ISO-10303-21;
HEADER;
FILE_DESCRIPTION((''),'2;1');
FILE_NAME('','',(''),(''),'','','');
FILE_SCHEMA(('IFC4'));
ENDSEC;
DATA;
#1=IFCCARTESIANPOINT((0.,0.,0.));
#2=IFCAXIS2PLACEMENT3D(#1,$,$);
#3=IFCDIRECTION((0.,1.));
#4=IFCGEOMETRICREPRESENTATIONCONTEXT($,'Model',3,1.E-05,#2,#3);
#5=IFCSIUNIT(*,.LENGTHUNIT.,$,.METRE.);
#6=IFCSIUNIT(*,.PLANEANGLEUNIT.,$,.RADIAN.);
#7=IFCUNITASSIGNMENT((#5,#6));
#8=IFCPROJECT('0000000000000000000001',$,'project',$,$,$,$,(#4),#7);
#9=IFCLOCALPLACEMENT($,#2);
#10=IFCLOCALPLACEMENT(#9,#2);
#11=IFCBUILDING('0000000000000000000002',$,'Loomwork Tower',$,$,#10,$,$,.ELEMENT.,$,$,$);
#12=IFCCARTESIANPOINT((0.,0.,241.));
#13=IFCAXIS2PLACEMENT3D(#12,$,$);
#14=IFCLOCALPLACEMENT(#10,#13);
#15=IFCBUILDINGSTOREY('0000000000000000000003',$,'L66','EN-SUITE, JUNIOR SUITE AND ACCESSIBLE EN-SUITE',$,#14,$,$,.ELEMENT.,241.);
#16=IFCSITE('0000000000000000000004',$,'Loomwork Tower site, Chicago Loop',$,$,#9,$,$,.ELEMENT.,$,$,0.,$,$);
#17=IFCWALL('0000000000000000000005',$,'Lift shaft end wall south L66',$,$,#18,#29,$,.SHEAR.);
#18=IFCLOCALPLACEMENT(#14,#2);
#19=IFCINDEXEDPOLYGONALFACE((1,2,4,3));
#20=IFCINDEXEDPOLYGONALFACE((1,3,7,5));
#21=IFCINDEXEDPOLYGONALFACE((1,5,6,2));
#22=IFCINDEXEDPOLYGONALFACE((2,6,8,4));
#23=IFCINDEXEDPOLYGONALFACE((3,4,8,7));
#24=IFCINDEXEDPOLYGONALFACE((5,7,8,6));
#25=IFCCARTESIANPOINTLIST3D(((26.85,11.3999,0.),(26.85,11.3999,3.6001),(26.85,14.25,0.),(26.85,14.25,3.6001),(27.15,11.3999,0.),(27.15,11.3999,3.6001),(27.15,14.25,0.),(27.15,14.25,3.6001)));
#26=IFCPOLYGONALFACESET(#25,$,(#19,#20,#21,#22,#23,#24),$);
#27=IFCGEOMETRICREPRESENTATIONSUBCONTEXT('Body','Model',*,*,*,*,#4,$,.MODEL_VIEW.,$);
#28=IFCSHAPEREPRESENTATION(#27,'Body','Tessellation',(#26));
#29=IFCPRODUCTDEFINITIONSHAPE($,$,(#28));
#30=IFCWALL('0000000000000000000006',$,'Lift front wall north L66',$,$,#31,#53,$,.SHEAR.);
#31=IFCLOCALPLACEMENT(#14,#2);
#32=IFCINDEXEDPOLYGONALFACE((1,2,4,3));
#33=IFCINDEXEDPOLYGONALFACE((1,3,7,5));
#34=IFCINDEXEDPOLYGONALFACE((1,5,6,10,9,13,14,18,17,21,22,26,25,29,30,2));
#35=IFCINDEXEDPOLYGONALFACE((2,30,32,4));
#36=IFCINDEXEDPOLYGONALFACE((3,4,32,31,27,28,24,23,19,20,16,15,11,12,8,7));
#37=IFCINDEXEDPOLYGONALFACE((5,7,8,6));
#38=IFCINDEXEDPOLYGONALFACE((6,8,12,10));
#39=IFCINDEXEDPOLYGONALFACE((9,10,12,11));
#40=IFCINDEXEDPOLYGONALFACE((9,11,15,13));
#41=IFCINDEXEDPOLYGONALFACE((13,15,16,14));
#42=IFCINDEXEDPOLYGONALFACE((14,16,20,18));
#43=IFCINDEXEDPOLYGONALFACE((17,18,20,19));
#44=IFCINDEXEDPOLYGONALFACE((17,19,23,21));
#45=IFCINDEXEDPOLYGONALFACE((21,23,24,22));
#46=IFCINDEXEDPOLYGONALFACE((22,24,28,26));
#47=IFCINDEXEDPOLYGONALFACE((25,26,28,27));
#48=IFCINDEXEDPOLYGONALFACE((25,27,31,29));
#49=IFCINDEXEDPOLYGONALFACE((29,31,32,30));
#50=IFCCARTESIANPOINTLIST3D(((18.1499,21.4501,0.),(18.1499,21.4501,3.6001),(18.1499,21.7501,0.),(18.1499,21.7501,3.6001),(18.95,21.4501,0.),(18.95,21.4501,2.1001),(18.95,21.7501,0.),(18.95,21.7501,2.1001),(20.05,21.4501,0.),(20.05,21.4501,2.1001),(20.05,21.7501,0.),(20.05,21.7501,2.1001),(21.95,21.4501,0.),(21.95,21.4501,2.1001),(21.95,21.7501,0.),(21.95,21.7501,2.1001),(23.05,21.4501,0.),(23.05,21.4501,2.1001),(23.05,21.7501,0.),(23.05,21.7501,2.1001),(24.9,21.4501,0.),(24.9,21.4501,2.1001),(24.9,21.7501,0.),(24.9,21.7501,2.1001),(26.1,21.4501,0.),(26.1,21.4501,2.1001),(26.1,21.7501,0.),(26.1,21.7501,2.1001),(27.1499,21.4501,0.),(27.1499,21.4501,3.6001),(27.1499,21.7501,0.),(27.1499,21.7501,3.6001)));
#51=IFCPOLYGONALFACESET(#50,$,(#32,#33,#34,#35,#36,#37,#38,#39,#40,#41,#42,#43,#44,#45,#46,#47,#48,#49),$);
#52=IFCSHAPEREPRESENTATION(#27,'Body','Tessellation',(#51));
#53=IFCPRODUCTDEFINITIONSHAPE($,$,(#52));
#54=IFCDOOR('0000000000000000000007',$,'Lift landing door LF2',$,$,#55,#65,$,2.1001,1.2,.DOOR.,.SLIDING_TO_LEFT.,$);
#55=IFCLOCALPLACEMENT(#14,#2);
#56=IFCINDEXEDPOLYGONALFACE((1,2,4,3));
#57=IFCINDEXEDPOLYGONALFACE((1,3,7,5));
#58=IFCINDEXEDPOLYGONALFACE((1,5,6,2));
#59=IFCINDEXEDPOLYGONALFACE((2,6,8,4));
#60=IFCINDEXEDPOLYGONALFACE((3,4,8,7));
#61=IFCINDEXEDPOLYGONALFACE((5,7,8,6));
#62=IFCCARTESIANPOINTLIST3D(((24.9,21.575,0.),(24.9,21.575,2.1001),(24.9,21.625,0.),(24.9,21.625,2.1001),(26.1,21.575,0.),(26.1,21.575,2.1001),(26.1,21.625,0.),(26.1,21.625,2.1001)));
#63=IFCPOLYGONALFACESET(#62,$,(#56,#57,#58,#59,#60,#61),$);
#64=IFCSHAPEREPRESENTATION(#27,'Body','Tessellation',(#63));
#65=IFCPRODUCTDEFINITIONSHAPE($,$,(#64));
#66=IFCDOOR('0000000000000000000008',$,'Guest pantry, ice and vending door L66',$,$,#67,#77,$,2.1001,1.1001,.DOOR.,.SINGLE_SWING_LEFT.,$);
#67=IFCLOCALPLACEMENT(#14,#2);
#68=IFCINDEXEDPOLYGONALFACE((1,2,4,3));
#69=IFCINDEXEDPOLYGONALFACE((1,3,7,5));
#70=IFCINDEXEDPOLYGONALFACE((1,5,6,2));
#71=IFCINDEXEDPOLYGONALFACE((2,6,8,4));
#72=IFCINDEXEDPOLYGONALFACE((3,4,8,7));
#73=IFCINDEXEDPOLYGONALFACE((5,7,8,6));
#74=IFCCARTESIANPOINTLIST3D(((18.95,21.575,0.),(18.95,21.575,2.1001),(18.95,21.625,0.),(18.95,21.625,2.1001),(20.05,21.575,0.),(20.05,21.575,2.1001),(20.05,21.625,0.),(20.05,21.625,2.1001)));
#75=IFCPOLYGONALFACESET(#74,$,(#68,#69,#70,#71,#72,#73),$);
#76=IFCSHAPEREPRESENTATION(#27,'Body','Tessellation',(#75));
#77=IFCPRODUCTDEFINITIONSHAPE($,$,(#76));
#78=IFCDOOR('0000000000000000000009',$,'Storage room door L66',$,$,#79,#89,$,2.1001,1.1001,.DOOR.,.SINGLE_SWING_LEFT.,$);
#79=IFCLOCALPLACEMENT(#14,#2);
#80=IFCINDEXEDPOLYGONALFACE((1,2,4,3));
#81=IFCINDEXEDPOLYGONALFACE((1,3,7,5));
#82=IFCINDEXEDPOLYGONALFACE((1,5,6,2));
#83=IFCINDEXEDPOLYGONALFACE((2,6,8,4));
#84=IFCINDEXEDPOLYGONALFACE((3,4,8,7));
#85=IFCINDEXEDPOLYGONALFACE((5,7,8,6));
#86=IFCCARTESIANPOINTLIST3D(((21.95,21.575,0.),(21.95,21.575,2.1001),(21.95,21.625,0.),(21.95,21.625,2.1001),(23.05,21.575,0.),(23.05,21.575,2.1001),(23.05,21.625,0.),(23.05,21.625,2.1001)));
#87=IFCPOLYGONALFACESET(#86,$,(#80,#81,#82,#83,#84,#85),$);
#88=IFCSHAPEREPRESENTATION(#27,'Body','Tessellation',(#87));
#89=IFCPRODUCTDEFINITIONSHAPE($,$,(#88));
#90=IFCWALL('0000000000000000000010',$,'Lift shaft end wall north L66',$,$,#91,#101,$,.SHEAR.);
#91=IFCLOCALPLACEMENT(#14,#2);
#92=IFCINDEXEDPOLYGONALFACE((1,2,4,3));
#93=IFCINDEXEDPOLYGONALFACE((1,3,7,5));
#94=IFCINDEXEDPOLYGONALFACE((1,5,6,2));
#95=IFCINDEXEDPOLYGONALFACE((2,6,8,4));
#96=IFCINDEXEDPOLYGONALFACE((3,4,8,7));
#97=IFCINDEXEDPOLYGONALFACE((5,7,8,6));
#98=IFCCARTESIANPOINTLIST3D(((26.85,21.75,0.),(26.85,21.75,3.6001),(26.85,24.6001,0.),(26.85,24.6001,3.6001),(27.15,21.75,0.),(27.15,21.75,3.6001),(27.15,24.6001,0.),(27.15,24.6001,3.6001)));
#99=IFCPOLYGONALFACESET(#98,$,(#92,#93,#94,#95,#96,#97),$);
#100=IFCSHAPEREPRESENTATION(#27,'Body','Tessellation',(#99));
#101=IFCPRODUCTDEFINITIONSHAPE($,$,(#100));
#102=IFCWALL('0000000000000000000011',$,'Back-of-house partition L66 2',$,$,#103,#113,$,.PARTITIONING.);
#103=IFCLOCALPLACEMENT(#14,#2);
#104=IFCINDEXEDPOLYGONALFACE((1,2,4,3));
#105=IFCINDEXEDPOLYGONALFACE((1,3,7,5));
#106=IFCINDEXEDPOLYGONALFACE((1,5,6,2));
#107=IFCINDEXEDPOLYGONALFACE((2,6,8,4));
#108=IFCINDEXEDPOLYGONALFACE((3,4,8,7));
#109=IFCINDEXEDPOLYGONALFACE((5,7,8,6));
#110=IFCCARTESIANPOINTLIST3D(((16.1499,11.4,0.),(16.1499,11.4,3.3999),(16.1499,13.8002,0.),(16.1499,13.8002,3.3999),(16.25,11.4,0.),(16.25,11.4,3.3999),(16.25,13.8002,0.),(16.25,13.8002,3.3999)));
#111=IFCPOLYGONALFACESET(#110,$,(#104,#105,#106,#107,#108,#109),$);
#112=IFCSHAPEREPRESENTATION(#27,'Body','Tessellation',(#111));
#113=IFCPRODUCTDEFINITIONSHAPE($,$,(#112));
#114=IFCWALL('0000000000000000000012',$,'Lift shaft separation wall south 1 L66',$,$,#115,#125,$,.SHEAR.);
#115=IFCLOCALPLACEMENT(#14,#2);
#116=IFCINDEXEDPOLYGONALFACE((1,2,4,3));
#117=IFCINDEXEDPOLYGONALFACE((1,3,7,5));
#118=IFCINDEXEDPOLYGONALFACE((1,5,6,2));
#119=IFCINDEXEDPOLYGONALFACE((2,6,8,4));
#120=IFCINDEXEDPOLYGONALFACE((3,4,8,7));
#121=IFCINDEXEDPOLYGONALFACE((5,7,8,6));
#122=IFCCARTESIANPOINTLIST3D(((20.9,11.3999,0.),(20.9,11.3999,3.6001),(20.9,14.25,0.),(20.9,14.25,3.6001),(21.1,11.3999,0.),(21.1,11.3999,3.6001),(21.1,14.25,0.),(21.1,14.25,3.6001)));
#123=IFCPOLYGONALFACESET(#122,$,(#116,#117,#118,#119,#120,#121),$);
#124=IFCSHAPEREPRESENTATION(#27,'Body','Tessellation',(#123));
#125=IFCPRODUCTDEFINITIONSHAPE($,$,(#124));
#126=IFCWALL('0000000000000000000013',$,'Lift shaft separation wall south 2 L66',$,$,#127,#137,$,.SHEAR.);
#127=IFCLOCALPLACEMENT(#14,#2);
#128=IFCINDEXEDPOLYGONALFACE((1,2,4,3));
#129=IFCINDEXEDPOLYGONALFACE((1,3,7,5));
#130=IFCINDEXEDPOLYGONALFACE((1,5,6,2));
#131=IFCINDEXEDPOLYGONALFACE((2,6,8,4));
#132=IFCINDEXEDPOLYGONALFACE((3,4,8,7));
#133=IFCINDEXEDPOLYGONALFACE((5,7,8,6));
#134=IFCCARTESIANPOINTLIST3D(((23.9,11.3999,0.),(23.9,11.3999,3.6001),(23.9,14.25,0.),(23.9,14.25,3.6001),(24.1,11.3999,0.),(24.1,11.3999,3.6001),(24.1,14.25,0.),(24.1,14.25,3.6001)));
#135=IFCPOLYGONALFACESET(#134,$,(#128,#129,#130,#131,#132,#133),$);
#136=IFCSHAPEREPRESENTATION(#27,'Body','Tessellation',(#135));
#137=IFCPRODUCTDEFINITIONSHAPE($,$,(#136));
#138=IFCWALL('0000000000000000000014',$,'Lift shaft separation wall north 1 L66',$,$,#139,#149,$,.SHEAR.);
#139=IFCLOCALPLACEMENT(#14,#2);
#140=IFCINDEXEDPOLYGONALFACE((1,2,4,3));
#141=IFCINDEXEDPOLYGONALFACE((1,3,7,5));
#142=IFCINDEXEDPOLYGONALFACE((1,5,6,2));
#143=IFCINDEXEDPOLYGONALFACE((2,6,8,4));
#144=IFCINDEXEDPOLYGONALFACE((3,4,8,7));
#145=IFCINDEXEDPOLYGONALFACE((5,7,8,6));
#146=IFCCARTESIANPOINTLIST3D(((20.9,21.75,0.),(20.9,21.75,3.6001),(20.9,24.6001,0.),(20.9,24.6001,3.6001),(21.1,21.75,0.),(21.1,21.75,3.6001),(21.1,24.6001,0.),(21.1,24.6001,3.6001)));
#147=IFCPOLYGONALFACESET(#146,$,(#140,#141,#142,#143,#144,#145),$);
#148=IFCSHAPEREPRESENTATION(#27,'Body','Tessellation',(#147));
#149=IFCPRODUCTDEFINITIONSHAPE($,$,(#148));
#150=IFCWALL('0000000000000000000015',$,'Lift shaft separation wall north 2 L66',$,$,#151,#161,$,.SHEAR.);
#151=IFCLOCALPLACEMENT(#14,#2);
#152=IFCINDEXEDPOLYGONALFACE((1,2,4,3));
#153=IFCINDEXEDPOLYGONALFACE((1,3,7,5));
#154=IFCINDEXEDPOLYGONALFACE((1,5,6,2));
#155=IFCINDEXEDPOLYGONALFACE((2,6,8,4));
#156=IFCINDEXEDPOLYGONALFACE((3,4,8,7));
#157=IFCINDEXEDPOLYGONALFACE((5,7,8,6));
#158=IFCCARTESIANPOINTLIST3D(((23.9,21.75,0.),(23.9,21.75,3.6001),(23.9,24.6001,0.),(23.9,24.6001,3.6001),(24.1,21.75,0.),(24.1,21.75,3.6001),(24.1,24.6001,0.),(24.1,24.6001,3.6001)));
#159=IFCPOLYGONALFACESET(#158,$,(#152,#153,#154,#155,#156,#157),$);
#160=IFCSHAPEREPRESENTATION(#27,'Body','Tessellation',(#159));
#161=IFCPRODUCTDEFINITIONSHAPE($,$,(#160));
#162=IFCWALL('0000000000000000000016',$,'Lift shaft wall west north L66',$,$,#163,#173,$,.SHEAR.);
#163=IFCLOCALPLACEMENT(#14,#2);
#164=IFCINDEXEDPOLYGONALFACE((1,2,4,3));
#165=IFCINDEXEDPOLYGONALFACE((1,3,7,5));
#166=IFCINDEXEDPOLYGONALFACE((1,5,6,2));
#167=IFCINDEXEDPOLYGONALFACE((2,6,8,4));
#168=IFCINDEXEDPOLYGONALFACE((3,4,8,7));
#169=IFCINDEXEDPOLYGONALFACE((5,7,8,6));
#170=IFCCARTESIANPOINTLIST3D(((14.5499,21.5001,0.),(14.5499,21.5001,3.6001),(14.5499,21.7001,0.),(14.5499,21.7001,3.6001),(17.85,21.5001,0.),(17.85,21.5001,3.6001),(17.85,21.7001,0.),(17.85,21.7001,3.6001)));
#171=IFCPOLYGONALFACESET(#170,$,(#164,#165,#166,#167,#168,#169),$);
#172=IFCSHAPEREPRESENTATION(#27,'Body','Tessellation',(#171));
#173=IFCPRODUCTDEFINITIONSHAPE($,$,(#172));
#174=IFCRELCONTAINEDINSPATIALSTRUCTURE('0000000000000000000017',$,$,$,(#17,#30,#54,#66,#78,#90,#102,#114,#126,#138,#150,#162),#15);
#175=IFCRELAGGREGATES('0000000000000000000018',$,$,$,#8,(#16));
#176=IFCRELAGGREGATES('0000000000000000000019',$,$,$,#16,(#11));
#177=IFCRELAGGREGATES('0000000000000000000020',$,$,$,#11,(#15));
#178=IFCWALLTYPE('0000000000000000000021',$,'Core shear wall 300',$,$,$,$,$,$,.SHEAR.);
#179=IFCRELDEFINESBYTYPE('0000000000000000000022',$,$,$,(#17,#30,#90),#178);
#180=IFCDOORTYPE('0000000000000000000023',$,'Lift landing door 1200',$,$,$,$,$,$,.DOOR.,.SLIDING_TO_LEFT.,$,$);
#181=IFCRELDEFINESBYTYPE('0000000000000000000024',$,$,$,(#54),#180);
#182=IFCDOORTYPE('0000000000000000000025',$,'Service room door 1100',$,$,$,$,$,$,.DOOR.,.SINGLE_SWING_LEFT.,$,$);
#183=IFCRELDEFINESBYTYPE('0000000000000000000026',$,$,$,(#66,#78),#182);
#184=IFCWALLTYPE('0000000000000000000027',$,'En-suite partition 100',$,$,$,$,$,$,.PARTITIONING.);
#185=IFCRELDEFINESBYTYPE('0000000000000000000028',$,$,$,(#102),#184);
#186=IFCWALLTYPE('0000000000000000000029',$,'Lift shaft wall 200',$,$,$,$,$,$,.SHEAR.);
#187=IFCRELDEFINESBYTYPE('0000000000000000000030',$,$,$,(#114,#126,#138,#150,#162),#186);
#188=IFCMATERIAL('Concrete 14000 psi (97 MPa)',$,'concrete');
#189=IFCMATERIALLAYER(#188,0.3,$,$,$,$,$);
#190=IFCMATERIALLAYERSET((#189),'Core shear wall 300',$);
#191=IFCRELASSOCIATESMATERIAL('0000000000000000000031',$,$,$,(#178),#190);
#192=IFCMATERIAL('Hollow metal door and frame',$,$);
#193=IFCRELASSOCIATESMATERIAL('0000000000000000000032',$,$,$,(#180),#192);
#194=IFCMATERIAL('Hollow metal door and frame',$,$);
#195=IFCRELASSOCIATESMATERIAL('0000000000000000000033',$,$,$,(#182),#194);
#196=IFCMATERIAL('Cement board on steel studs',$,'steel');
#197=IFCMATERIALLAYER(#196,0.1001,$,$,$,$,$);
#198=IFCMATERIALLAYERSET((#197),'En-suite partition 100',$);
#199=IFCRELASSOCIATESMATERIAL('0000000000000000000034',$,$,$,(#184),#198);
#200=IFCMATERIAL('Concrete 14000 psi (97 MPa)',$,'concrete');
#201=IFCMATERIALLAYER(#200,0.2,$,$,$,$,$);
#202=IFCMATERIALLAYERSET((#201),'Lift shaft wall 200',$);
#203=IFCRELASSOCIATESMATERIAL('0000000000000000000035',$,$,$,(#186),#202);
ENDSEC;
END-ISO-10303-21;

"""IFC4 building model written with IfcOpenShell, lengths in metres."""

from ifc_helpers import new_model, si_unit, direction, frame, frame_2d, origin, place, context, subcontext, project, spatial, rectangle, extrude, material, layer, layer_set, type_object, element, fill, save


model = new_model("IFC4")

# Units and contexts
model_context = context("Model", 3, precision=1e-05, world=origin(), true_north=direction((0.0, 1.0)))
body_context = subcontext(model_context, "Body", "Model", "MODEL_VIEW")
ifc_project = project(units=[si_unit("LENGTHUNIT", "METRE"), si_unit("PLANEANGLEUNIT", "RADIAN")], contexts=[model_context])

# Site, building, storey
site_placement = place(None, origin())
site = spatial("IfcSite", under=ifc_project, at=site_placement, Name="Loomwork Tower site, Chicago Loop", CompositionType="ELEMENT", RefElevation=0.0)
building_placement = place(site_placement, origin())
building = spatial("IfcBuilding", under=site, at=building_placement, Name="Loomwork Tower", CompositionType="ELEMENT")
storey_placement = place(building_placement, frame((0.0, 0.0, 241.0)))
storey = spatial("IfcBuildingStorey", under=building, at=storey_placement, Name="L66", Description="EN-SUITE, JUNIOR SUITE AND ACCESSIBLE EN-SUITE", CompositionType="ELEMENT", Elevation=241.0)

# Shared definitions
ifc_material_1 = material(Name="Concrete 14000 psi (97 MPa)", Category="concrete")
ifc_layer_1 = layer(ifc_material_1, 0.3)
ifc_layer_set_1 = layer_set([ifc_layer_1], Name="Core shear wall 300")
wall_type_1 = type_object("IfcWallType", Name="Core shear wall 300", PredefinedType="SHEAR", material=ifc_layer_set_1)
ifc_material_2 = material(Name="Hollow metal door and frame")
door_type_1 = type_object("IfcDoorType", Name="Lift landing door 1200", OperationType="SLIDING_TO_LEFT", PredefinedType="DOOR", material=ifc_material_2)
ifc_material_3 = material(Name="Hollow metal door and frame")
door_type_2 = type_object("IfcDoorType", Name="Service room door 1100", OperationType="SINGLE_SWING_LEFT", PredefinedType="DOOR", material=ifc_material_3)

# Wall
wall_1_placement = place(storey_placement, frame((27.0, 11.3999, 0.0), z_axis=(0.0, 0.0, 1.0), x_axis=(0.0, 1.0, 0.0)))
element("IfcWall", 1, at=wall_1_placement, inside=storey, type_object=wall_type_1, Name="Lift shaft end wall south L66", PredefinedType="SHEAR", context=body_context, shape_type="SweptSolid", body=[
    extrude(rectangle(XDim=2.8501, YDim=0.3, at=frame_2d((1.425, 0.0))), origin(), (0.0, 0.0, 1.0), 3.6001),
])

# Wall, openings, doors
wall_2_placement = place(storey_placement, frame((18.1499, 21.6001, 0.0), z_axis=(0.0, 0.0, 1.0), x_axis=(1.0, 0.0, 0.0)))
wall_2 = element("IfcWall", 2, at=wall_2_placement, inside=storey, type_object=wall_type_1, Name="Lift front wall north L66", PredefinedType="SHEAR", context=body_context, shape_type="SweptSolid", body=[
    extrude(rectangle(XDim=9.0, YDim=0.3, at=frame_2d((4.5, 0.0))), origin(), (0.0, 0.0, 1.0), 3.6001),
])
opening_1_placement = place(wall_2_placement, frame((6.75, 0.0, 0.0)))
opening_1 = element("IfcOpeningElement", 3, at=opening_1_placement, cuts=wall_2, PredefinedType="OPENING", context=body_context, shape_type="SweptSolid", body=[
    extrude(rectangle(XDim=1.2, YDim=2.1001, at=frame_2d((0.6001, 1.05))), frame((0.0, 0.1599, 0.0), z_axis=(0.0, -1.0, 0.0), x_axis=(1.0, 0.0, 0.0)), (0.0, 0.0, 1.0), 0.3201),
])
opening_2_placement = place(wall_2_placement, frame((0.8, 0.0, 0.0)))
opening_2 = element("IfcOpeningElement", 4, at=opening_2_placement, cuts=wall_2, PredefinedType="OPENING", context=body_context, shape_type="SweptSolid", body=[
    extrude(rectangle(XDim=1.1001, YDim=2.1001, at=frame_2d((0.55, 1.05))), frame((0.0, 0.1599, 0.0), z_axis=(0.0, -1.0, 0.0), x_axis=(1.0, 0.0, 0.0)), (0.0, 0.0, 1.0), 0.3201),
])
opening_3_placement = place(wall_2_placement, frame((3.8, 0.0, 0.0)))
opening_3 = element("IfcOpeningElement", 5, at=opening_3_placement, cuts=wall_2, PredefinedType="OPENING", context=body_context, shape_type="SweptSolid", body=[
    extrude(rectangle(XDim=1.1001, YDim=2.1001, at=frame_2d((0.55, 1.05))), frame((0.0, 0.1599, 0.0), z_axis=(0.0, -1.0, 0.0), x_axis=(1.0, 0.0, 0.0)), (0.0, 0.0, 1.0), 0.3201),
])
door_1_placement = place(opening_1_placement, origin())
door_1 = element("IfcDoor", 6, at=door_1_placement, inside=storey, type_object=door_type_1, Name="Lift landing door LF2", OperationType="SLIDING_TO_LEFT", OverallHeight=2.1001, OverallWidth=1.2, PredefinedType="DOOR", context=body_context, shape_type="SweptSolid", body=[
    extrude(rectangle(XDim=1.2, YDim=2.1001, at=frame_2d((0.6001, 1.05))), frame((0.0, 0.0249, 0.0), z_axis=(0.0, -1.0, 0.0), x_axis=(1.0, 0.0, 0.0)), (0.0, 0.0, 1.0), 0.05),
])
fill(opening_1, door_1)
door_2_placement = place(opening_2_placement, origin())
door_2 = element("IfcDoor", 7, at=door_2_placement, inside=storey, type_object=door_type_2, Name="Guest pantry, ice and vending door L66", OperationType="SINGLE_SWING_LEFT", OverallHeight=2.1001, OverallWidth=1.1001, PredefinedType="DOOR", context=body_context, shape_type="SweptSolid", body=[
    extrude(rectangle(XDim=1.1001, YDim=2.1001, at=frame_2d((0.55, 1.05))), frame((0.0, 0.0249, 0.0), z_axis=(0.0, -1.0, 0.0), x_axis=(1.0, 0.0, 0.0)), (0.0, 0.0, 1.0), 0.05),
])
fill(opening_2, door_2)
door_3_placement = place(opening_3_placement, origin())
door_3 = element("IfcDoor", 8, at=door_3_placement, inside=storey, type_object=door_type_2, Name="Storage room door L66", OperationType="SINGLE_SWING_LEFT", OverallHeight=2.1001, OverallWidth=1.1001, PredefinedType="DOOR", context=body_context, shape_type="SweptSolid", body=[
    extrude(rectangle(XDim=1.1001, YDim=2.1001, at=frame_2d((0.55, 1.05))), frame((0.0, 0.0249, 0.0), z_axis=(0.0, -1.0, 0.0), x_axis=(1.0, 0.0, 0.0)), (0.0, 0.0, 1.0), 0.05),
])
fill(opening_3, door_3)

# Walls
wall_3_placement = place(storey_placement, frame((27.0, 21.75, 0.0), z_axis=(0.0, 0.0, 1.0), x_axis=(0.0, 1.0, 0.0)))
element("IfcWall", 9, at=wall_3_placement, inside=storey, type_object=wall_type_1, Name="Lift shaft end wall north L66", PredefinedType="SHEAR", context=body_context, shape_type="SweptSolid", body=[
    extrude(rectangle(XDim=2.8501, YDim=0.3, at=frame_2d((1.425, 0.0))), origin(), (0.0, 0.0, 1.0), 3.6001),
])
ifc_material_4 = material(Name="Cement board on steel studs", Category="steel")
ifc_layer_2 = layer(ifc_material_4, 0.1001)
ifc_layer_set_2 = layer_set([ifc_layer_2], Name="En-suite partition 100")
wall_type_2 = type_object("IfcWallType", Name="En-suite partition 100", PredefinedType="PARTITIONING", material=ifc_layer_set_2)
wall_4_placement = place(storey_placement, frame((16.2, 11.3999, 0.0), z_axis=(0.0, 0.0, 1.0), x_axis=(0.0, 1.0, 0.0)))
element("IfcWall", 10, at=wall_4_placement, inside=storey, type_object=wall_type_2, Name="Back-of-house partition L66 2", PredefinedType="PARTITIONING", context=body_context, shape_type="SweptSolid", body=[
    extrude(rectangle(XDim=2.4001, YDim=0.1001, at=frame_2d((1.2002, 0.0))), origin(), (0.0, 0.0, 1.0), 3.3999),
])
ifc_material_5 = material(Name="Concrete 14000 psi (97 MPa)", Category="concrete")
ifc_layer_3 = layer(ifc_material_5, 0.2)
ifc_layer_set_3 = layer_set([ifc_layer_3], Name="Lift shaft wall 200")
wall_type_3 = type_object("IfcWallType", Name="Lift shaft wall 200", PredefinedType="SHEAR", material=ifc_layer_set_3)
for number, where, z_axis, x_axis, name in (
    (11, (21.0, 11.3999, 0.0), (0.0, 0.0, 1.0), (0.0, 1.0, 0.0), "Lift shaft separation wall south 1 L66"),
    (12, (24.0, 11.3999, 0.0), (0.0, 0.0, 1.0), (0.0, 1.0, 0.0), "Lift shaft separation wall south 2 L66"),
    (13, (21.0, 21.75, 0.0), (0.0, 0.0, 1.0), (0.0, 1.0, 0.0), "Lift shaft separation wall north 1 L66"),
    (14, (24.0, 21.75, 0.0), (0.0, 0.0, 1.0), (0.0, 1.0, 0.0), "Lift shaft separation wall north 2 L66"),
):
    element("IfcWall", number, at=place(storey_placement, frame(where, z_axis=z_axis, x_axis=x_axis)), inside=storey, type_object=wall_type_3, Name=name, PredefinedType="SHEAR", context=body_context, shape_type="SweptSolid", body=[
        extrude(rectangle(XDim=2.8501, YDim=0.2, at=frame_2d((1.425, 0.0))), origin(), (0.0, 0.0, 1.0), 3.6001),
    ])
wall_5_placement = place(storey_placement, frame((14.55, 21.6001, 0.0), z_axis=(0.0, 0.0, 1.0), x_axis=(1.0, 0.0, 0.0)))
element("IfcWall", 15, at=wall_5_placement, inside=storey, type_object=wall_type_3, Name="Lift shaft wall west north L66", PredefinedType="SHEAR", context=body_context, shape_type="SweptSolid", body=[
    extrude(rectangle(XDim=3.3, YDim=0.2, at=frame_2d((1.6499, 0.0))), origin(), (0.0, 0.0, 1.0), 3.6001),
])

save(model, "model.ifc")
